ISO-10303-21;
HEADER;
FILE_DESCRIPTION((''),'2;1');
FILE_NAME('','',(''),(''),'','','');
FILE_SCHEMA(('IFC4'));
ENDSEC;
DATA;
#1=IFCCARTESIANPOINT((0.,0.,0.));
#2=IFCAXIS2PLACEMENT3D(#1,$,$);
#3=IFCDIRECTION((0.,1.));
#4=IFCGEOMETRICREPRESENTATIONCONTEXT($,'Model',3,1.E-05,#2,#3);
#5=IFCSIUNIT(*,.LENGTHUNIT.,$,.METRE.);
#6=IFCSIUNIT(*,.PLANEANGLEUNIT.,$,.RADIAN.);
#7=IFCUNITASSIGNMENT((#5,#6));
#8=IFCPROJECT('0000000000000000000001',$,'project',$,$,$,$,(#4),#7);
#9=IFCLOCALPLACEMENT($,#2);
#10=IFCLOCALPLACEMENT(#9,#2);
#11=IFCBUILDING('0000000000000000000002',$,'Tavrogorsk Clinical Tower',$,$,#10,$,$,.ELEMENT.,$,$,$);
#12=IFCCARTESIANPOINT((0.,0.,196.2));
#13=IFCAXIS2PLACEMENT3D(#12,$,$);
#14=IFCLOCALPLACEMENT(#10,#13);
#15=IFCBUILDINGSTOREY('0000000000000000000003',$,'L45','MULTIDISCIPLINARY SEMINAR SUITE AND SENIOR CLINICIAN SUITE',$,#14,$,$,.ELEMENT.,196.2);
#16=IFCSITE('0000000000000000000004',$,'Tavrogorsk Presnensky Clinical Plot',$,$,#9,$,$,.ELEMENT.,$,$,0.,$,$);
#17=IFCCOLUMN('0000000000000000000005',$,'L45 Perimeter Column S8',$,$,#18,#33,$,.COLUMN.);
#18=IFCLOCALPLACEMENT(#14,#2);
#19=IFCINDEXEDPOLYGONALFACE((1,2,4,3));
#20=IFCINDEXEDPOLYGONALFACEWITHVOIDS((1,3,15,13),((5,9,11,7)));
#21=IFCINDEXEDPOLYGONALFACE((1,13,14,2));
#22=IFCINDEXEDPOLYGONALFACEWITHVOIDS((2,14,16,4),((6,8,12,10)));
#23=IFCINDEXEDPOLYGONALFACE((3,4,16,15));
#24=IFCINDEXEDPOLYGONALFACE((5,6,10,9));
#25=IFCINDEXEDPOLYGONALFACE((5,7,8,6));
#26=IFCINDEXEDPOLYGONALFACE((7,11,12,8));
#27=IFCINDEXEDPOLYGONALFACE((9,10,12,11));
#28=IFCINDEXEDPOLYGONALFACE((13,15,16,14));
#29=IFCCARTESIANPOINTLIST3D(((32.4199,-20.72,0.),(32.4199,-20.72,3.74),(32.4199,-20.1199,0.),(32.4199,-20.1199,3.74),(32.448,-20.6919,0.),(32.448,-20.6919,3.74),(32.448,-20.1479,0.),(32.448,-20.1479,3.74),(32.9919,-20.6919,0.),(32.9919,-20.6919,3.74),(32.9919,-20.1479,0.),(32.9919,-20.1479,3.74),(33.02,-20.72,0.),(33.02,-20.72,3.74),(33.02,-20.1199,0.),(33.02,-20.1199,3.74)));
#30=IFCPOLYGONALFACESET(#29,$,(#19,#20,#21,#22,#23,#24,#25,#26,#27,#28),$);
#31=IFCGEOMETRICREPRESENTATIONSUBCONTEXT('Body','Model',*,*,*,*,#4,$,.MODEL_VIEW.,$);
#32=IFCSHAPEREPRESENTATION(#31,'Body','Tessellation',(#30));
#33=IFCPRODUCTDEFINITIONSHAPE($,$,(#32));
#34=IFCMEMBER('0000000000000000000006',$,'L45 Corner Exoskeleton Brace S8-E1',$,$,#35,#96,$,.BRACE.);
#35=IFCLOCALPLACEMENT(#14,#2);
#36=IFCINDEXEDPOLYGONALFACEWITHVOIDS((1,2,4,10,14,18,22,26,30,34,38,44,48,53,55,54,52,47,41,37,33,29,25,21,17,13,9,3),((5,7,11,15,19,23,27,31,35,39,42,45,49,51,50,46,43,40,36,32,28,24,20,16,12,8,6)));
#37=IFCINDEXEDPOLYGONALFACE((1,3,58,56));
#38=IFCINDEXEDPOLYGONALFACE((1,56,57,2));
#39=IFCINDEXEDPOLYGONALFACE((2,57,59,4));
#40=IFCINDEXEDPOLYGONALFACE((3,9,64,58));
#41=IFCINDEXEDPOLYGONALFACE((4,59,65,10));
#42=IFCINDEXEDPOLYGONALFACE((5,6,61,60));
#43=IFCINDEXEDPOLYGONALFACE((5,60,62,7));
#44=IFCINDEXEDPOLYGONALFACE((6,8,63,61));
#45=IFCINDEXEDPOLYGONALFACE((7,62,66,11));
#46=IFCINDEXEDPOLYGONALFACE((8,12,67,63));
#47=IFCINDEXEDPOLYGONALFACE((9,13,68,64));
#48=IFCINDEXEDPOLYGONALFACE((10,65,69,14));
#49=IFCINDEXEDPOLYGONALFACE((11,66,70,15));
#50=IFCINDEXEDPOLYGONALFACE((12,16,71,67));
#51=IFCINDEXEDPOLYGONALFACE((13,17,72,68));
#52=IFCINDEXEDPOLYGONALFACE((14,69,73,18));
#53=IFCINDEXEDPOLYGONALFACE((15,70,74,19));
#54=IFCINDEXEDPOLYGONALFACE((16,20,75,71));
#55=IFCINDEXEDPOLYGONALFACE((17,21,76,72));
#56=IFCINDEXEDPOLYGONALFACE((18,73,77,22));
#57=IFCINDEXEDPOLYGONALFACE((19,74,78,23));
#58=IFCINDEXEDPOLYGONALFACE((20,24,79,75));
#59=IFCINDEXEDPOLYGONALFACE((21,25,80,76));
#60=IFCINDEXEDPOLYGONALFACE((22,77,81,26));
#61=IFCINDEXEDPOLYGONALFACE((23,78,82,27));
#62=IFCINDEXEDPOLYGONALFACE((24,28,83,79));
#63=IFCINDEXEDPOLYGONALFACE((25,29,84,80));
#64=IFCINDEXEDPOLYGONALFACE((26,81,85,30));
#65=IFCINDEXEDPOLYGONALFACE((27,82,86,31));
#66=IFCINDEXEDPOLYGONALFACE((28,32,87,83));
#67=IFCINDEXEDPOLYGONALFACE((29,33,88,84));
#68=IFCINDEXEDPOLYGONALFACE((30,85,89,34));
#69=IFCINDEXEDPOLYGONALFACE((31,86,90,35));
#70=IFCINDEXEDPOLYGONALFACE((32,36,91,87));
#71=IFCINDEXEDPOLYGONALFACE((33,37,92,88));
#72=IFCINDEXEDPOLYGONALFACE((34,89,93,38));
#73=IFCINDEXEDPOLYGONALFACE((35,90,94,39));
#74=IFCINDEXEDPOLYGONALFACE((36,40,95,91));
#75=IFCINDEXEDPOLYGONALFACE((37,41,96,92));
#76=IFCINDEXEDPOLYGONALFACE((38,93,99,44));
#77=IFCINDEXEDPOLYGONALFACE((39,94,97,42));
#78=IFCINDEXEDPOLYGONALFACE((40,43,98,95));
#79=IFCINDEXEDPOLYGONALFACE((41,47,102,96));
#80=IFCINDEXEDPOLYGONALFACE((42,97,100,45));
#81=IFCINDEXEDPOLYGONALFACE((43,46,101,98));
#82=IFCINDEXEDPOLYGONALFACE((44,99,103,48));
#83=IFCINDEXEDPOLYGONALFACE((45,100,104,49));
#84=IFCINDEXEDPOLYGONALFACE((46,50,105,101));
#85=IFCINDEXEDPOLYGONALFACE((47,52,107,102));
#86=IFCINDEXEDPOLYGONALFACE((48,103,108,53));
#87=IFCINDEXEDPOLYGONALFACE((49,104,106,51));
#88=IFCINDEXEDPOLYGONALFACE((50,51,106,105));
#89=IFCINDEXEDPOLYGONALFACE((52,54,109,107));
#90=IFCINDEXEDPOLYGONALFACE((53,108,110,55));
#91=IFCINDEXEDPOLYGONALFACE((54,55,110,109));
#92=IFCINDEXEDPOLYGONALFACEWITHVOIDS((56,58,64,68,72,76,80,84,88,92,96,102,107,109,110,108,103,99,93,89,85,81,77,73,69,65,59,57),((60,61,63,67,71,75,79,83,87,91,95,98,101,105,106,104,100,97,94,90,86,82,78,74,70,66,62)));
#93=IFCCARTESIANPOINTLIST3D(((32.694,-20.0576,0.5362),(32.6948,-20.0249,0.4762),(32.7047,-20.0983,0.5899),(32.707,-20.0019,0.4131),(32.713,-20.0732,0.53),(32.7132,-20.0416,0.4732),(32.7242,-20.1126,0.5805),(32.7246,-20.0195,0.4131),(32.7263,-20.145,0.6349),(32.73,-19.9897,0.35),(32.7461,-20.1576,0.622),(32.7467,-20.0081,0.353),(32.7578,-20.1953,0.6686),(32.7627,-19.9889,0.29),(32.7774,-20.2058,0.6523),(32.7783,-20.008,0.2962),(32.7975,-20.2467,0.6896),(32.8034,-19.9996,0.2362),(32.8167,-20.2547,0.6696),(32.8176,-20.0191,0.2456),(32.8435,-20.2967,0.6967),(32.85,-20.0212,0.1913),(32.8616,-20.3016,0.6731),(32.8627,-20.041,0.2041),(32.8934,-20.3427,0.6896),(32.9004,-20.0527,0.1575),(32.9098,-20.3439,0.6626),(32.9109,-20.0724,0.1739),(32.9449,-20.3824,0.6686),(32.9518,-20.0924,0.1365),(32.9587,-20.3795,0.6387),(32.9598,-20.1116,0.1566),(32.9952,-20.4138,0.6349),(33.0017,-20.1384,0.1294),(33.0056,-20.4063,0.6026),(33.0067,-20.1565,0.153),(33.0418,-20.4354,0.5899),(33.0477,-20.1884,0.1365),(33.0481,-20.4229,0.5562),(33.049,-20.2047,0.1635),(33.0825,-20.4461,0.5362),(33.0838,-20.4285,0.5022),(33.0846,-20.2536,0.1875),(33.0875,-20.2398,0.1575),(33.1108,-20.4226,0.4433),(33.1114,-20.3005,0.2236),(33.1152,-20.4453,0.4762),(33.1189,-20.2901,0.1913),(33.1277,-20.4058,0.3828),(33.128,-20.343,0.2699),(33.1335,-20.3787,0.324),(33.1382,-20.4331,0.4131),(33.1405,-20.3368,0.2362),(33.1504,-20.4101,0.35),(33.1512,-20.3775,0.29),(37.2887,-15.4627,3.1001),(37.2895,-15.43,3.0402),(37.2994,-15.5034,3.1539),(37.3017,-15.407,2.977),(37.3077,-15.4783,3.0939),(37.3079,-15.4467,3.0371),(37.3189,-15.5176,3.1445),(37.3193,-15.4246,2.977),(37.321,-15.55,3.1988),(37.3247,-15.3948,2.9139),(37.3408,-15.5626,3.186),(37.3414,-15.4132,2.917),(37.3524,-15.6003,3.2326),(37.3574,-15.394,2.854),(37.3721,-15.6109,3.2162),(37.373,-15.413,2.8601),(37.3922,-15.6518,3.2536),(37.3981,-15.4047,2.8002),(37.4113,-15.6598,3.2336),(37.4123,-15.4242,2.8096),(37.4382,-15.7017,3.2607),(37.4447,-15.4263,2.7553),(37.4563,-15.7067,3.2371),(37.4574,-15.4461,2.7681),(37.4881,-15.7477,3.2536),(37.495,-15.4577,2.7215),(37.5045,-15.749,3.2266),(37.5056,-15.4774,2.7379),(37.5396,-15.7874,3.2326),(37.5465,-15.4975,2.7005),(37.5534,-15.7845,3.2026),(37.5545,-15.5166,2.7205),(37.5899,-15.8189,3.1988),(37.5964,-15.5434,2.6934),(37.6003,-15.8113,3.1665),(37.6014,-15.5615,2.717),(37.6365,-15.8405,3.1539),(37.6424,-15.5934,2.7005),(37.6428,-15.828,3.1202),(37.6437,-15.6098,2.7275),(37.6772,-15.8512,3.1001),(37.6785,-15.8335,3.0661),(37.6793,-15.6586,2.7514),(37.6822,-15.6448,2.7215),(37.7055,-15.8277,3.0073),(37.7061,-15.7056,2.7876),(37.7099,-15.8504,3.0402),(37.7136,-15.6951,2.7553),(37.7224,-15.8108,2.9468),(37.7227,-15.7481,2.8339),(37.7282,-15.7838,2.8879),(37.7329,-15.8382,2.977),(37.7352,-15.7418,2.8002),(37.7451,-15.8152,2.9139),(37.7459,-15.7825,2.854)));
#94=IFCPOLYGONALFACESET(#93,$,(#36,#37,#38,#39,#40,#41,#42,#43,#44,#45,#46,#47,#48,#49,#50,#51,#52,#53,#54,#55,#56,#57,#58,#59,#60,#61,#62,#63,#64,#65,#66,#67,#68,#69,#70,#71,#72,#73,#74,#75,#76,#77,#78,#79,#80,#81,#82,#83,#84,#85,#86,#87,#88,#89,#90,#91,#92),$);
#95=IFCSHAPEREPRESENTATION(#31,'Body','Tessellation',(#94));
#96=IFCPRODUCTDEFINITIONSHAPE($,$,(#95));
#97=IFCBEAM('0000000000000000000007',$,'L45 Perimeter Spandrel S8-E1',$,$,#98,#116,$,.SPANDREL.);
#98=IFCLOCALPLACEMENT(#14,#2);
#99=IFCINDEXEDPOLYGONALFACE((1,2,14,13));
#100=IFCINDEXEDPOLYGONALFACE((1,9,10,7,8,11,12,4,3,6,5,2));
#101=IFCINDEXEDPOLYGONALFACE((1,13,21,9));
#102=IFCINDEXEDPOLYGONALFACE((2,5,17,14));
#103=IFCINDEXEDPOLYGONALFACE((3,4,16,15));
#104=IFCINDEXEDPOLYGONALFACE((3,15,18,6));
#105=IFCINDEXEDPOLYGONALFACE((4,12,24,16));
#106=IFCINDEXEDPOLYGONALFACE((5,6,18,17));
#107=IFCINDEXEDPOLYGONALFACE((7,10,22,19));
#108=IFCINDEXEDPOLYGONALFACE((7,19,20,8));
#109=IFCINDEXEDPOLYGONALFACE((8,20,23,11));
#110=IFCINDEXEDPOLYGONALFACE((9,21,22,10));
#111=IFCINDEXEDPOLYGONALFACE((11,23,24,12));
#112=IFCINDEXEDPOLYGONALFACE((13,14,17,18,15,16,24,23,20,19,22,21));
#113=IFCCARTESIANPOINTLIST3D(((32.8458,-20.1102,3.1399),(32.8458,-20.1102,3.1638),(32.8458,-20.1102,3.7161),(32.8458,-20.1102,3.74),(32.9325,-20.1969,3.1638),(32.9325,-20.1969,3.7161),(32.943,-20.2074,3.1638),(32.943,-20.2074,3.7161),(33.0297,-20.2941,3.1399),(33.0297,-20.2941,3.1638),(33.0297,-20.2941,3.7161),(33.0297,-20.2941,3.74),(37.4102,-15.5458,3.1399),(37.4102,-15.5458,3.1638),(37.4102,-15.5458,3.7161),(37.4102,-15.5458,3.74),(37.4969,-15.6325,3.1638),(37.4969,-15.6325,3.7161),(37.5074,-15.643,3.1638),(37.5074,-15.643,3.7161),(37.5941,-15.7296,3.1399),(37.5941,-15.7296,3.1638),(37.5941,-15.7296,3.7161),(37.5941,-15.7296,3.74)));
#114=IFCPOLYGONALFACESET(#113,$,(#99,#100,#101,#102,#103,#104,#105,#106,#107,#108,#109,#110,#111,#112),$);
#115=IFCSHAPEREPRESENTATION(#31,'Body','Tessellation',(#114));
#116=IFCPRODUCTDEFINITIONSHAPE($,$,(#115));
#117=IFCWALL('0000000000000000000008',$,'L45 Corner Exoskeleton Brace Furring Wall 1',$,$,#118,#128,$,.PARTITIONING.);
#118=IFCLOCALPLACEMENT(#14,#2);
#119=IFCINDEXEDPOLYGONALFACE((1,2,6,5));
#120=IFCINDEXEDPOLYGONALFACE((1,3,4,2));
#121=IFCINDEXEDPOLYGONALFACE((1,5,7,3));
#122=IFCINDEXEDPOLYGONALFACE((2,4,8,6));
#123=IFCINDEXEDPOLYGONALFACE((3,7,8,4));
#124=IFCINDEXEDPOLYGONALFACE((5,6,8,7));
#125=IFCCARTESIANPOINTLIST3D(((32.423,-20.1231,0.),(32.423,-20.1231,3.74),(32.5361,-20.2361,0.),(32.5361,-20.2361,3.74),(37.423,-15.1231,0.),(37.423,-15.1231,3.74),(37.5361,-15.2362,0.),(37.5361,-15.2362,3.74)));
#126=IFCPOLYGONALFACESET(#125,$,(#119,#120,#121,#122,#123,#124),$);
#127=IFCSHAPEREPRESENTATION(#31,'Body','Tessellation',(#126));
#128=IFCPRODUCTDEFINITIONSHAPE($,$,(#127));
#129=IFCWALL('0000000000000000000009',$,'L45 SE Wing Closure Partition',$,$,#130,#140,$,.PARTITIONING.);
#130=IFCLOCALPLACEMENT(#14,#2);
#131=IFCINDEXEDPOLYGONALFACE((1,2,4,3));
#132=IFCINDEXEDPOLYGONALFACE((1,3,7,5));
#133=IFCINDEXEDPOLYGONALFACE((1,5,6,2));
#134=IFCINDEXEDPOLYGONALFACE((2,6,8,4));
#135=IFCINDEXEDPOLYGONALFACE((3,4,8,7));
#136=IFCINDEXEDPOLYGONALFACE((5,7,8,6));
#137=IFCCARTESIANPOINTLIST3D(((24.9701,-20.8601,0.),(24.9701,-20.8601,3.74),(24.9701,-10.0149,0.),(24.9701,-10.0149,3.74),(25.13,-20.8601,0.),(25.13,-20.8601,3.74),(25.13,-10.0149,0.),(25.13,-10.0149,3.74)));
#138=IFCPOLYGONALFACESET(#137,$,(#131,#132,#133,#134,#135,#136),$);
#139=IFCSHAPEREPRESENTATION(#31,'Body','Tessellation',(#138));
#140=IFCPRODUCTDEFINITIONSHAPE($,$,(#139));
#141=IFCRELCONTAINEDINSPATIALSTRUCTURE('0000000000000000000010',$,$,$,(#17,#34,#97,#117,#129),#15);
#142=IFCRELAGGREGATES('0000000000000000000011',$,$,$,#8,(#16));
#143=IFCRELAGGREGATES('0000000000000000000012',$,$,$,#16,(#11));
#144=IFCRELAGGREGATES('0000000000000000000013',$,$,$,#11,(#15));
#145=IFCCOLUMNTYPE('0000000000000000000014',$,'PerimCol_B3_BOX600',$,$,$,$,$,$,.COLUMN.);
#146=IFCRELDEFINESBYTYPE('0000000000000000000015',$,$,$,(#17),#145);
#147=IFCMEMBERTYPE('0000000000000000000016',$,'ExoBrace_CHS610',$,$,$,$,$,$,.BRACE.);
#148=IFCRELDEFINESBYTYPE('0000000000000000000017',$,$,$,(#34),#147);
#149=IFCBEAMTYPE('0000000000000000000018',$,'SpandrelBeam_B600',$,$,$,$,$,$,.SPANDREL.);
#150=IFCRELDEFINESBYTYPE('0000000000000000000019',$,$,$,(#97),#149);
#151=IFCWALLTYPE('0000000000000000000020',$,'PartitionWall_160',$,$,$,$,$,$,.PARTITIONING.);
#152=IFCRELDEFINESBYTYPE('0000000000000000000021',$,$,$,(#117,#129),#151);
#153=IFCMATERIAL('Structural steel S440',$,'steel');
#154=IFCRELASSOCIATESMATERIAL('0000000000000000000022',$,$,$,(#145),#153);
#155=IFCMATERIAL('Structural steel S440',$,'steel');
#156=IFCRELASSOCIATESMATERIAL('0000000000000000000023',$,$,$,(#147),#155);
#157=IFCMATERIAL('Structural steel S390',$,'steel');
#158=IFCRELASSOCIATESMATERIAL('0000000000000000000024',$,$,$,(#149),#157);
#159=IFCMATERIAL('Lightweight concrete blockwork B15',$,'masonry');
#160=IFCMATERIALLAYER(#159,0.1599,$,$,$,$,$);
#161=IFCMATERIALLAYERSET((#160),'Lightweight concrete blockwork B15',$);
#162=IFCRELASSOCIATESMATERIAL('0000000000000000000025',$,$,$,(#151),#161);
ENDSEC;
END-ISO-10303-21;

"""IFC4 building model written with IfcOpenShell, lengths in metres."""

from ifc_helpers import new_model, si_unit, direction, frame, frame_2d, origin, origin_2d, place, context, subcontext, project, spatial, rectangle, hollow_rectangle, hollow_circle, i_section, extrude, material, layer, layer_set, material_profile, profile_set, type_object, element, save


model = new_model("IFC4")

# Units and contexts
model_context = context("Model", 3, precision=1e-05, world=origin(), true_north=direction((0.0, 1.0)))
body_context = subcontext(model_context, "Body", "Model", "MODEL_VIEW")
ifc_project = project(units=[si_unit("LENGTHUNIT", "METRE"), si_unit("PLANEANGLEUNIT", "RADIAN")], contexts=[model_context])

# Site, building, storey
site_placement = place(None, origin())
site = spatial("IfcSite", under=ifc_project, at=site_placement, Name="Tavrogorsk Presnensky Clinical Plot", CompositionType="ELEMENT", RefElevation=0.0)
building_placement = place(site_placement, origin())
building = spatial("IfcBuilding", under=site, at=building_placement, Name="Tavrogorsk Clinical Tower", CompositionType="ELEMENT")
storey_placement = place(building_placement, frame((0.0, 0.0, 196.2)))
storey = spatial("IfcBuildingStorey", under=building, at=storey_placement, Name="L45", Description="MULTIDISCIPLINARY SEMINAR SUITE AND SENIOR CLINICIAN SUITE", CompositionType="ELEMENT", Elevation=196.2)

# Column
ifc_material_1 = material(Name="Structural steel S440", Category="steel")
ifc_material_profile_1 = material_profile(ifc_material_1, hollow_rectangle(XDim=0.6001, YDim=0.6001, WallThickness=0.0281, at=origin_2d()), Name="BOX-600x600x28")
ifc_profile_set_1 = profile_set([ifc_material_profile_1], Name="Structural steel S440")
column_type = type_object("IfcColumnType", Name="PerimCol_B3_BOX600", PredefinedType="COLUMN", material=ifc_profile_set_1)
column_placement = place(storey_placement, frame((32.72, -20.4199, 0.0), z_axis=(0.0, 0.0, 1.0), x_axis=(1.0, 0.0, 0.0)))
element("IfcColumn", 1, at=column_placement, inside=storey, type_object=column_type, Name="L45 Perimeter Column S8", PredefinedType="COLUMN", context=body_context, shape_type="SweptSolid", body=[
    extrude(hollow_rectangle(XDim=0.6001, YDim=0.6001, WallThickness=0.0281, at=origin_2d()), origin(), (0.0, 0.0, 1.0), 3.74),
])

# Member
ifc_material_2 = material(Name="Structural steel S440", Category="steel")
ifc_material_profile_2 = material_profile(ifc_material_2, hollow_circle(Radius=0.3049, WallThickness=0.0249, at=origin_2d()), Name="CHS-610x25")
ifc_profile_set_2 = profile_set([ifc_material_profile_2], Name="Structural steel S440")
member_type = type_object("IfcMemberType", Name="ExoBrace_CHS610", PredefinedType="BRACE", material=ifc_profile_set_2)
member_placement = place(storey_placement, frame((32.9226, -20.2175, 0.4131), z_axis=(0.657739, 0.657774, 0.367034), x_axis=(-0.707126, 0.707088, 0.0)))
element("IfcMember", 2, at=member_placement, inside=storey, type_object=member_type, Name="L45 Corner Exoskeleton Brace S8-E1", PredefinedType="BRACE", context=body_context, shape_type="SweptSolid", body=[
    extrude(hollow_circle(Radius=0.3049, WallThickness=0.0249, at=origin_2d()), origin(), (0.0, 0.0, 1.0), 6.9856),
])

# Beam
ifc_material_3 = material(Name="Structural steel S390", Category="steel")
ifc_material_profile_3 = material_profile(ifc_material_3, i_section(OverallWidth=0.26, OverallDepth=0.6001, WebThickness=0.0149, FlangeThickness=0.0239, at=origin_2d()), Name="B-600x260x15x24")
ifc_profile_set_3 = profile_set([ifc_material_profile_3], Name="Structural steel S390")
beam_type = type_object("IfcBeamType", Name="SpandrelBeam_B600", PredefinedType="SPANDREL", material=ifc_profile_set_3)
beam_placement = place(storey_placement, frame((32.9377, -20.2021, 3.4399), z_axis=(0.707107, 0.707107, 0.0), x_axis=(-0.707107, 0.707107, 0.0)))
element("IfcBeam", 3, at=beam_placement, inside=storey, type_object=beam_type, Name="L45 Perimeter Spandrel S8-E1", PredefinedType="SPANDREL", context=body_context, shape_type="SweptSolid", body=[
    extrude(i_section(OverallWidth=0.26, OverallDepth=0.6001, WebThickness=0.0149, FlangeThickness=0.0239, at=origin_2d()), origin(), (0.0, 0.0, 1.0), 6.4551),
])

# Walls
ifc_material_4 = material(Name="Lightweight concrete blockwork B15", Category="masonry")
ifc_layer_1 = layer(ifc_material_4, 0.1599)
ifc_layer_set_1 = layer_set([ifc_layer_1], Name="Lightweight concrete blockwork B15")
wall_type_1 = type_object("IfcWallType", Name="PartitionWall_160", PredefinedType="PARTITIONING", material=ifc_layer_set_1)
wall_1_placement = place(storey_placement, frame((32.4795, -20.1797, 0.0), z_axis=(0.0, 0.0, 1.0), x_axis=(0.707107, 0.707107, 0.0)))
element("IfcWall", 4, at=wall_1_placement, inside=storey, type_object=wall_type_1, Name="L45 Corner Exoskeleton Brace Furring Wall 1", PredefinedType="PARTITIONING", context=body_context, shape_type="SweptSolid", body=[
    extrude(rectangle(XDim=7.071, YDim=0.1599, at=frame_2d((3.5356, 0.0))), origin(), (0.0, 0.0, 1.0), 3.74),
])
wall_2_placement = place(storey_placement, frame((25.05, -20.8601, 0.0), z_axis=(0.0, 0.0, 1.0), x_axis=(0.0, 1.0, 0.0)))
element("IfcWall", 5, at=wall_2_placement, inside=storey, type_object=wall_type_1, Name="L45 SE Wing Closure Partition", PredefinedType="PARTITIONING", context=body_context, shape_type="SweptSolid", body=[
    extrude(rectangle(XDim=10.8452, YDim=0.1599, at=frame_2d((5.4226, 0.0))), origin(), (0.0, 0.0, 1.0), 3.74),
])

save(model, "model.ifc")
